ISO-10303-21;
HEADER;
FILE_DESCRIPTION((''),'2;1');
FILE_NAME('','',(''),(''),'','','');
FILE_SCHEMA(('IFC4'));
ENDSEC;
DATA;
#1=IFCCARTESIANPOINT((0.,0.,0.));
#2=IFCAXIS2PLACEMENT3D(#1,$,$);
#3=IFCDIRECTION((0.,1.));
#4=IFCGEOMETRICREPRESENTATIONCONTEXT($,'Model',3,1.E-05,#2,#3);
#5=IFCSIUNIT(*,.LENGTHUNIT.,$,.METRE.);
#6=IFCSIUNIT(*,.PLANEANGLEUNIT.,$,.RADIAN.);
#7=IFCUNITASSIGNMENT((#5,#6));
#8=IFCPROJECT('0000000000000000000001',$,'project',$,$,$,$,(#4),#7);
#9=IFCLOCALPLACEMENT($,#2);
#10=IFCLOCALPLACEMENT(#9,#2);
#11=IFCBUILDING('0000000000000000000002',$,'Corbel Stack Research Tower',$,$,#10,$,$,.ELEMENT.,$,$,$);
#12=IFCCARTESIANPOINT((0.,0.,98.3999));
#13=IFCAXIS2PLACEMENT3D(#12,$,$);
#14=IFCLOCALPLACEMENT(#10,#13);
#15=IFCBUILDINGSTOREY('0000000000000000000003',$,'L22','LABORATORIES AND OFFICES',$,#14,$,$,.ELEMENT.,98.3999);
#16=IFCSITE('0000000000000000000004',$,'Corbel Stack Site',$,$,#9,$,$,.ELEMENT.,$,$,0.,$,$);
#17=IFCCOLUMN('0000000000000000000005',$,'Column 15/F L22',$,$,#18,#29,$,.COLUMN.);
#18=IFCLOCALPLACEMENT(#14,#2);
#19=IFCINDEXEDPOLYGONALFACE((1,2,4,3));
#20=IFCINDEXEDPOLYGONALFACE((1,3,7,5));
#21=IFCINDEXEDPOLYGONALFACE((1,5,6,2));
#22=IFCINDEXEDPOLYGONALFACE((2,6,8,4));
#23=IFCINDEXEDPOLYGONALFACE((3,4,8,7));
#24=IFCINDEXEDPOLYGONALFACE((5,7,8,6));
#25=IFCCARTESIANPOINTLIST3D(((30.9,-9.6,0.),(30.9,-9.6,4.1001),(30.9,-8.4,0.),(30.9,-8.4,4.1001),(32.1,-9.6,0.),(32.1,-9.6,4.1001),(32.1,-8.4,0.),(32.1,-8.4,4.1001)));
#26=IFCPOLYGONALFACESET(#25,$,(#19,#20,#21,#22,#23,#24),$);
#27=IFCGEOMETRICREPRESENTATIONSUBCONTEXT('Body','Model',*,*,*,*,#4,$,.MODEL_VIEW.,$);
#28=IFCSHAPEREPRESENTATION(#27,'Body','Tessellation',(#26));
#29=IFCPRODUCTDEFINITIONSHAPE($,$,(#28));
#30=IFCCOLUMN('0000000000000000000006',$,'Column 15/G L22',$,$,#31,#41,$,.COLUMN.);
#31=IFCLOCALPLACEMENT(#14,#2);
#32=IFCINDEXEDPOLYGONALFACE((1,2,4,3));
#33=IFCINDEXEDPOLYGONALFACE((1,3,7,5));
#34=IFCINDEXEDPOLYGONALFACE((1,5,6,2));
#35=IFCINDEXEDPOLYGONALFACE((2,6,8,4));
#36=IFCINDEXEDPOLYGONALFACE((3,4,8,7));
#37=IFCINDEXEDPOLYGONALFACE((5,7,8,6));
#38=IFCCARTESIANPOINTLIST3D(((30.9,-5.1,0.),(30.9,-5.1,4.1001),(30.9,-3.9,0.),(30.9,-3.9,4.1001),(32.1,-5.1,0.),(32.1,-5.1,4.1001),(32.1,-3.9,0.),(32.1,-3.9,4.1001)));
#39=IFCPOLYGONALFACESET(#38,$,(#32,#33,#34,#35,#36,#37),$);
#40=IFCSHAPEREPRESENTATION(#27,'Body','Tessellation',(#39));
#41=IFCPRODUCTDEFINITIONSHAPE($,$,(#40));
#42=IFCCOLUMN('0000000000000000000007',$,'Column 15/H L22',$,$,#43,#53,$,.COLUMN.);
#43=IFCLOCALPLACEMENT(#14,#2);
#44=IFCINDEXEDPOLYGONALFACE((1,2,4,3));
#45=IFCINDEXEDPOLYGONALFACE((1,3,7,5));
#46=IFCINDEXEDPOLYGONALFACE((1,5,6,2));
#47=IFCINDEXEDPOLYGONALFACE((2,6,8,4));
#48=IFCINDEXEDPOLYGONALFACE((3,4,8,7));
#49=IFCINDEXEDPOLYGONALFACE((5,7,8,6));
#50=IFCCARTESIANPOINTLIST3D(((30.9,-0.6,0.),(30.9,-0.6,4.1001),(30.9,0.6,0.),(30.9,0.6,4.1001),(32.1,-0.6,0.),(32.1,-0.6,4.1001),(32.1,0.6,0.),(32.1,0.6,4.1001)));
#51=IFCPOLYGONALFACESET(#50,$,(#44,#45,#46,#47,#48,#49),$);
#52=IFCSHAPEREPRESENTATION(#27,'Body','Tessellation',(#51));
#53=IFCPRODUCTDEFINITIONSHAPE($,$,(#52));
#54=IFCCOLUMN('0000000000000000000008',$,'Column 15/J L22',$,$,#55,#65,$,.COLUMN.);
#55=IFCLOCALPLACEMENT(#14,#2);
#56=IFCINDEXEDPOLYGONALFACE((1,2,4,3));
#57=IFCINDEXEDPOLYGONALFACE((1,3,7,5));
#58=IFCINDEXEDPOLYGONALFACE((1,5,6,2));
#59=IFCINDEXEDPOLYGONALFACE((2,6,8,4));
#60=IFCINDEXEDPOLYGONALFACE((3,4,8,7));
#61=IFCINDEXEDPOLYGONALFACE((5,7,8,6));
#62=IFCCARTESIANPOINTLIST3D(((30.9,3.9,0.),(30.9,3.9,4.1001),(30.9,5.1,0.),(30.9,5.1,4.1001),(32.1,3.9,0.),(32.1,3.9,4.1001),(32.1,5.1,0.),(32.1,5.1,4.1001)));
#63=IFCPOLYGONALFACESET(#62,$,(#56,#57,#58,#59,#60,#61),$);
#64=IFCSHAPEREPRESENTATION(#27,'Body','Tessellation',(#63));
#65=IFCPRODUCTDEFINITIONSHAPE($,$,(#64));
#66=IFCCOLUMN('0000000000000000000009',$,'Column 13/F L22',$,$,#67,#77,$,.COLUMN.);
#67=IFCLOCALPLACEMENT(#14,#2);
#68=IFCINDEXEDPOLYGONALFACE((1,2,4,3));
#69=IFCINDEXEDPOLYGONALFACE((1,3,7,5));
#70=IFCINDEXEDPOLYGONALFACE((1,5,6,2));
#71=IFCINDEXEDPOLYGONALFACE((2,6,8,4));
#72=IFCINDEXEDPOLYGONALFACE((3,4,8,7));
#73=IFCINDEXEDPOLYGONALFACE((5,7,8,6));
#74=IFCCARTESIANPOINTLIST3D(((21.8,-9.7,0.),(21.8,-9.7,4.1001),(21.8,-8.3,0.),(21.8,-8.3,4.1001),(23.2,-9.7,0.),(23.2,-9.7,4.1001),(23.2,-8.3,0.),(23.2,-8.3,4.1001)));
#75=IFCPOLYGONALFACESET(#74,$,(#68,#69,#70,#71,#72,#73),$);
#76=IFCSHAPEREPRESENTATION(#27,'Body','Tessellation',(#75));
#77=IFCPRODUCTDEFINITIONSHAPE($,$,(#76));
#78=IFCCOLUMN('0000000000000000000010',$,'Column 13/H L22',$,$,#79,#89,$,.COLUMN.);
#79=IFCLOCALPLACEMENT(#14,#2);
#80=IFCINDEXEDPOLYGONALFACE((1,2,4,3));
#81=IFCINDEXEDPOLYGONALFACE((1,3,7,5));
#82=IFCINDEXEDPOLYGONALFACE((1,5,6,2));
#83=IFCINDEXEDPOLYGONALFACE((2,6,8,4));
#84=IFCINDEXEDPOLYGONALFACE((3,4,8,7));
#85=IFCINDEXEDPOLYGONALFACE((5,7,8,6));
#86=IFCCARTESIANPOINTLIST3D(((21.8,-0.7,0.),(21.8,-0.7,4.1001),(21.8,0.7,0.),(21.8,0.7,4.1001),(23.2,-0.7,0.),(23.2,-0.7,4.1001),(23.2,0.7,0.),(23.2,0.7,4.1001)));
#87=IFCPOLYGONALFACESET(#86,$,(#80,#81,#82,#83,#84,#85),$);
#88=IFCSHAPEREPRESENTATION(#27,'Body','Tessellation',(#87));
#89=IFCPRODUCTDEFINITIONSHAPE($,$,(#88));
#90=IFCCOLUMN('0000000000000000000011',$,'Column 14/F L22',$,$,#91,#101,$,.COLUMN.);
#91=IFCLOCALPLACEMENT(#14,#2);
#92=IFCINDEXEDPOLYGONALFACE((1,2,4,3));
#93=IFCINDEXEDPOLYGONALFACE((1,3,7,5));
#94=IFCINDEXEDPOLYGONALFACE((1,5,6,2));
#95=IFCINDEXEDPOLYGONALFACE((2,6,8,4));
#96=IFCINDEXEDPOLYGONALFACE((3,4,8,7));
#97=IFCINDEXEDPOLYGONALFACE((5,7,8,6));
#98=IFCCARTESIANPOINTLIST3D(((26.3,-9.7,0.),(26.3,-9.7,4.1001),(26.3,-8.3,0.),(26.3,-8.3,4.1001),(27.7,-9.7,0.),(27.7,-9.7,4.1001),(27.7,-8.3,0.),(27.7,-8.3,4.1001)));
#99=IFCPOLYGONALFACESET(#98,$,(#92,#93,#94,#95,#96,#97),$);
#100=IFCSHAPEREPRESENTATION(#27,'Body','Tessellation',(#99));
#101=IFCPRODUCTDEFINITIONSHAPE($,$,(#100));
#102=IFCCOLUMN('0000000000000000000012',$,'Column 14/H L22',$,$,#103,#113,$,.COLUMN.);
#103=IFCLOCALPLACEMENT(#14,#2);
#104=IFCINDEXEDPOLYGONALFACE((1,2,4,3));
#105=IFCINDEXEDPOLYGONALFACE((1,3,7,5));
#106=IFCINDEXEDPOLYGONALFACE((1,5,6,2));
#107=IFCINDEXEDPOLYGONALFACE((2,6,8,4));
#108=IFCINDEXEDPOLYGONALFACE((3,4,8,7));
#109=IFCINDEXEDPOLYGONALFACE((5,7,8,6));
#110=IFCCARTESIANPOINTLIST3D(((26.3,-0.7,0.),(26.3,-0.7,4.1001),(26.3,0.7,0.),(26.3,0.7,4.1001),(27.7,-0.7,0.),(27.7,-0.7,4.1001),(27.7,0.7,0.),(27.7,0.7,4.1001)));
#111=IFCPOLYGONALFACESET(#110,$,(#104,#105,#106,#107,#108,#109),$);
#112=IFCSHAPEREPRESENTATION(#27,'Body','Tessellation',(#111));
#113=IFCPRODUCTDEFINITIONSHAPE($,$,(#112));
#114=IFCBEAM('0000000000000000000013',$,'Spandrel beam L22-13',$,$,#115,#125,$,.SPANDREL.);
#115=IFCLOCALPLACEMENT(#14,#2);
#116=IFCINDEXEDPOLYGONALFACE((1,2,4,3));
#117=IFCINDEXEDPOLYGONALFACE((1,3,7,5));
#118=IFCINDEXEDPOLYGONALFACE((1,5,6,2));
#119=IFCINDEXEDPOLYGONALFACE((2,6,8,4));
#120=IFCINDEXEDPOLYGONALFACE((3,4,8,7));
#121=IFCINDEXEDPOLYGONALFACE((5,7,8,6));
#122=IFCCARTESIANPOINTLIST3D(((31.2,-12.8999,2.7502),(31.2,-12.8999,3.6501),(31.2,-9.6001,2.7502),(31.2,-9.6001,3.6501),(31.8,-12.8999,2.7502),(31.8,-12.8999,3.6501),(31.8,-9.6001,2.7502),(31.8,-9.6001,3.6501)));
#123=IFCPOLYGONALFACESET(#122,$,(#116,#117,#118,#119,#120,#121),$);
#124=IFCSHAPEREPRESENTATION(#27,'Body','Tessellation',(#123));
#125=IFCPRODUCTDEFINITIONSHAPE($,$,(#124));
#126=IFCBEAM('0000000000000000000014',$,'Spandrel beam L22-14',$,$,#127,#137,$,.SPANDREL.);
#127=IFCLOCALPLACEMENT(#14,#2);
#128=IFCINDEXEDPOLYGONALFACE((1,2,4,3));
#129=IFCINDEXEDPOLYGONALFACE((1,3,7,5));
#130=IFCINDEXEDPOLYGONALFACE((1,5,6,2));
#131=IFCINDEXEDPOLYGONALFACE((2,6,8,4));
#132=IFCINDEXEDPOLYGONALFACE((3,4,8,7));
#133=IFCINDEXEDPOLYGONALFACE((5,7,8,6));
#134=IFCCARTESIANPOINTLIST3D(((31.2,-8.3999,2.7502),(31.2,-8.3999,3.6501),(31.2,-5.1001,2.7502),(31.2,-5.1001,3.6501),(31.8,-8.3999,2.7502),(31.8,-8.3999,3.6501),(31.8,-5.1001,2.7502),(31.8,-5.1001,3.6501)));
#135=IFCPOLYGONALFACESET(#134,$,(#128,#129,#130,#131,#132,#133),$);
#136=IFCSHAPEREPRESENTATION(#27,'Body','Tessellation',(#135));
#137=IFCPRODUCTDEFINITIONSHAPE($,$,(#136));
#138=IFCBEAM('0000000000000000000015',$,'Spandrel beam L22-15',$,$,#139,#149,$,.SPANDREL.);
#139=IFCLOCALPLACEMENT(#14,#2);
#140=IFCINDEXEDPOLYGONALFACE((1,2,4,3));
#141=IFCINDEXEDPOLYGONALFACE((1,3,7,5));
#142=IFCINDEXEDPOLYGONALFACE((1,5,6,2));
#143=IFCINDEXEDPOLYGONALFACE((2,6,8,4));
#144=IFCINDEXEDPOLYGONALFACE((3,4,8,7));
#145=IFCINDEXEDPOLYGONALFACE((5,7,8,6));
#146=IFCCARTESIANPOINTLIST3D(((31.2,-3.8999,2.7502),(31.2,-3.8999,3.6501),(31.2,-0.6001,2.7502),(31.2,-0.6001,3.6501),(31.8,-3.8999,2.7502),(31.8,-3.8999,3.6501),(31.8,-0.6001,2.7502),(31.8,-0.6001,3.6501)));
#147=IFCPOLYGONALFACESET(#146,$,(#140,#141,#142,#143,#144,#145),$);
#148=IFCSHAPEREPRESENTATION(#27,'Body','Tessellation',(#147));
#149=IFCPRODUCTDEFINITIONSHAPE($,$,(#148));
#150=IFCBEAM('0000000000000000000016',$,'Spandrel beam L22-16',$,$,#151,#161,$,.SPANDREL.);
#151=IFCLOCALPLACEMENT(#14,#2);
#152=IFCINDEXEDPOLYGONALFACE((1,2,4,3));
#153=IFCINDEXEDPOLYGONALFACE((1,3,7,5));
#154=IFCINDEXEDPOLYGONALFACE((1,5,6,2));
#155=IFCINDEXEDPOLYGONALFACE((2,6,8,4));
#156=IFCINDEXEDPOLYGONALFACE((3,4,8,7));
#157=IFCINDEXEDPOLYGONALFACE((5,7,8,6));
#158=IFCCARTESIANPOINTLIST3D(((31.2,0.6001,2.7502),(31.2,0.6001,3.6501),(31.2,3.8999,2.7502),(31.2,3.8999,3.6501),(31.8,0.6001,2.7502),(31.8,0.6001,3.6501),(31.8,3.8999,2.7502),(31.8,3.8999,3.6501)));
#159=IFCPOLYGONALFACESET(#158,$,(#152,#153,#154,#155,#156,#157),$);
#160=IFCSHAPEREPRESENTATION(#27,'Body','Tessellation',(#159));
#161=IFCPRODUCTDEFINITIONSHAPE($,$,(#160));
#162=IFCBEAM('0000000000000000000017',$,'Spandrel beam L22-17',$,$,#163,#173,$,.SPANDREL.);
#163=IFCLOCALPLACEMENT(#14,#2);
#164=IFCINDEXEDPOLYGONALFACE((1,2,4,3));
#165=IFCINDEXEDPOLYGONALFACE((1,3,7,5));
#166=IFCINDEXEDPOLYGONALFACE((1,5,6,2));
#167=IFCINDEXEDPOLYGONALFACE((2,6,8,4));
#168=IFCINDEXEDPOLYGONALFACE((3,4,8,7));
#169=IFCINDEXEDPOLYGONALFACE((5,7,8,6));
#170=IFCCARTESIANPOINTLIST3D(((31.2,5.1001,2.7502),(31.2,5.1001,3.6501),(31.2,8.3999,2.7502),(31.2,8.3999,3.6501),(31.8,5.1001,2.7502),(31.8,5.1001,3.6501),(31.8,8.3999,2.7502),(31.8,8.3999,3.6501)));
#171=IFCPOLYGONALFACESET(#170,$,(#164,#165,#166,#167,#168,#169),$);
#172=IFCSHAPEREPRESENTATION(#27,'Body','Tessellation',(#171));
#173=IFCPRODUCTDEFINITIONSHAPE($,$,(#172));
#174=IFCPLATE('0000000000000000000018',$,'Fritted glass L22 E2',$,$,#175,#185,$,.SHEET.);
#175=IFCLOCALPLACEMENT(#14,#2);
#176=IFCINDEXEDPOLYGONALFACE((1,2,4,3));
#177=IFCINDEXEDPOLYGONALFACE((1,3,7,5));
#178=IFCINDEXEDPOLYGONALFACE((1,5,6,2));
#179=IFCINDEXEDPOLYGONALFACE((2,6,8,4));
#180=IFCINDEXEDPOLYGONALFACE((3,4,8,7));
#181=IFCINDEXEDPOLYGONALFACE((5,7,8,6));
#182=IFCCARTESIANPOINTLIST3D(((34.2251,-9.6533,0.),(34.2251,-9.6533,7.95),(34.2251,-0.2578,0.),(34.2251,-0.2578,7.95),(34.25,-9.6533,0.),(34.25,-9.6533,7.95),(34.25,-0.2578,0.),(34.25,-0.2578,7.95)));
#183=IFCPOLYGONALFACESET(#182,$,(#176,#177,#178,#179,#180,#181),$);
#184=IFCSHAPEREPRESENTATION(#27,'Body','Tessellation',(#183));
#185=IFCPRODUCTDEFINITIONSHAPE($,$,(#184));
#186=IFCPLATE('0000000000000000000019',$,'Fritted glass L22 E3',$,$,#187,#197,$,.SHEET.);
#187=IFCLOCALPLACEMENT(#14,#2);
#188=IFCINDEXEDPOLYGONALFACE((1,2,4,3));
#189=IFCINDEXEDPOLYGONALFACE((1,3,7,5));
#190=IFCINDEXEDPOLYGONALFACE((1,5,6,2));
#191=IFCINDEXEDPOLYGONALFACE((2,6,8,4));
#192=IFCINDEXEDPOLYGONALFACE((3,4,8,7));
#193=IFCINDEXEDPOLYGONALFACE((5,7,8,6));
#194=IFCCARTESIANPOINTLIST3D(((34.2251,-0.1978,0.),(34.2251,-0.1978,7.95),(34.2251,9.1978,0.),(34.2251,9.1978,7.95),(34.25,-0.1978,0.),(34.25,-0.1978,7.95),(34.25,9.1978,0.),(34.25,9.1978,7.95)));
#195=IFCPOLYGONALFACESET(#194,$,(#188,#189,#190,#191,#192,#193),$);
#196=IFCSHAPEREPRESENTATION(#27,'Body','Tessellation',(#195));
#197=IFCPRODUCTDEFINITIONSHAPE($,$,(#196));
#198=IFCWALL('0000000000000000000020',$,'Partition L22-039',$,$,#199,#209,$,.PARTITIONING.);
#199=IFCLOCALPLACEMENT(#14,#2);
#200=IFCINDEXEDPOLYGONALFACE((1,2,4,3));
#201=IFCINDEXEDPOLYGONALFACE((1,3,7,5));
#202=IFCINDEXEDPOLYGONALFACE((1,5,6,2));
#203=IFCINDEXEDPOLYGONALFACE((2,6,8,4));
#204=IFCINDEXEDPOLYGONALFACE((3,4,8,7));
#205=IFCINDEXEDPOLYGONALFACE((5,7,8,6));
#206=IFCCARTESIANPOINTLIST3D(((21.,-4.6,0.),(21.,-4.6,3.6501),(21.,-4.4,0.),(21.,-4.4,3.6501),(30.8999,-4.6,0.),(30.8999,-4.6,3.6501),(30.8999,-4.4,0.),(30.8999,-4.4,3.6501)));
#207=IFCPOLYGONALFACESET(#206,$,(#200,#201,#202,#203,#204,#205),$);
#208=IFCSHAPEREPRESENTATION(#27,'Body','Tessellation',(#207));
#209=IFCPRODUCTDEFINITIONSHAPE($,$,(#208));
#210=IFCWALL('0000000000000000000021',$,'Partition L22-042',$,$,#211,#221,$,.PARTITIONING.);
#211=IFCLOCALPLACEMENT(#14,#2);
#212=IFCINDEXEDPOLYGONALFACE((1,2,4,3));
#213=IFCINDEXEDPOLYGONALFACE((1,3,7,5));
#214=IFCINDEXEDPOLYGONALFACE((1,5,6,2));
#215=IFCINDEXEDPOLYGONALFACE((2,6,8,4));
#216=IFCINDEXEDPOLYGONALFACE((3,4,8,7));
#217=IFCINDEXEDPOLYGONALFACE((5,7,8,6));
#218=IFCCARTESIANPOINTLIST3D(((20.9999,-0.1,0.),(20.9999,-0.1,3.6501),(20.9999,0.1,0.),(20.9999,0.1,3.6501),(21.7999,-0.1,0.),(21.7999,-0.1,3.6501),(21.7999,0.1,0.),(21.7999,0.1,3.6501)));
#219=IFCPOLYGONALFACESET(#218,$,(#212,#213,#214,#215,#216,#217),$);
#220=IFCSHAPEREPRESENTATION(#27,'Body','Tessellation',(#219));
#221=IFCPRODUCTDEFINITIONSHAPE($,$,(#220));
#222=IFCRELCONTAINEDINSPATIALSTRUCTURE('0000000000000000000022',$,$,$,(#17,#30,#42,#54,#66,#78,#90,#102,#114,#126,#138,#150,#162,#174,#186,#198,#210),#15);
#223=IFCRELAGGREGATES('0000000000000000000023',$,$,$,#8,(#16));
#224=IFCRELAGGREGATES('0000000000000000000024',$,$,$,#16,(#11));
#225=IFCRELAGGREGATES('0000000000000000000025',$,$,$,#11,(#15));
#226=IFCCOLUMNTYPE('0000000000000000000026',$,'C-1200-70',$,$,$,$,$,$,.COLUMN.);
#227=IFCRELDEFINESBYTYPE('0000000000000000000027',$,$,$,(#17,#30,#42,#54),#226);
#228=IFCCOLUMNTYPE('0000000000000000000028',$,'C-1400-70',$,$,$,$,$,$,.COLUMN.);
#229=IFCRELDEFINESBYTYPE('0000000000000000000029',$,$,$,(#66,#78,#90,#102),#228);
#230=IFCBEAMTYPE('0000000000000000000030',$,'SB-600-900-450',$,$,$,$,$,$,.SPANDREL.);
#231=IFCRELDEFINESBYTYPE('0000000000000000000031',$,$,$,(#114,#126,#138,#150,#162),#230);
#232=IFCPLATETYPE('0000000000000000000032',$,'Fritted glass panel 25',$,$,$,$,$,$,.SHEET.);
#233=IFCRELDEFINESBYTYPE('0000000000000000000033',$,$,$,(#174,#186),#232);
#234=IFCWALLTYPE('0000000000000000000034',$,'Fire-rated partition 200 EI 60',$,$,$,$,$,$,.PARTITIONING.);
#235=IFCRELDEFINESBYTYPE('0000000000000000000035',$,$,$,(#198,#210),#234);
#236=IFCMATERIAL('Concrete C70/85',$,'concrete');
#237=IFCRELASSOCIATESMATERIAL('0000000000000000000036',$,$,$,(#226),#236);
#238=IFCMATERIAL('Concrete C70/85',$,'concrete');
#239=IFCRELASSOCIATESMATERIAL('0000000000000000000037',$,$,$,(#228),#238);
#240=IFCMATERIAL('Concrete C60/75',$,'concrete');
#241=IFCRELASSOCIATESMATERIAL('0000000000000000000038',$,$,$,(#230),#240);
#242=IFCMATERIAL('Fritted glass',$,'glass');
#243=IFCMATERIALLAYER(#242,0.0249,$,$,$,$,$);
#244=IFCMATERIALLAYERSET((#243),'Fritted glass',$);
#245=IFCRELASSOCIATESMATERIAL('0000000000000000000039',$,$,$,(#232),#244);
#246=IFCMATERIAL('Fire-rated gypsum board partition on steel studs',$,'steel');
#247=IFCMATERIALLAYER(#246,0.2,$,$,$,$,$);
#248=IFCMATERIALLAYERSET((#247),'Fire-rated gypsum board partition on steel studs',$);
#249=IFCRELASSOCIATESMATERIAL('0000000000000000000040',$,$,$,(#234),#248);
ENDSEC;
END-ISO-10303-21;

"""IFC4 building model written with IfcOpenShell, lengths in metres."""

from ifc_helpers import new_model, si_unit, direction, frame, frame_2d, origin, origin_2d, place, context, subcontext, project, spatial, rectangle, extrude, material, layer, layer_set, material_profile, profile_set, type_object, element, save


model = new_model("IFC4")

# Units and contexts
model_context = context("Model", 3, precision=1e-05, world=origin(), true_north=direction((0.0, 1.0)))
body_context = subcontext(model_context, "Body", "Model", "MODEL_VIEW")
ifc_project = project(units=[si_unit("LENGTHUNIT", "METRE"), si_unit("PLANEANGLEUNIT", "RADIAN")], contexts=[model_context])

# Site, building, storey
site_placement = place(None, origin())
site = spatial("IfcSite", under=ifc_project, at=site_placement, Name="Corbel Stack Site", CompositionType="ELEMENT", RefElevation=0.0)
building_placement = place(site_placement, origin())
building = spatial("IfcBuilding", under=site, at=building_placement, Name="Corbel Stack Research Tower", CompositionType="ELEMENT")
storey_placement = place(building_placement, frame((0.0, 0.0, 98.3999)))
storey = spatial("IfcBuildingStorey", under=building, at=storey_placement, Name="L22", Description="LABORATORIES AND OFFICES", CompositionType="ELEMENT", Elevation=98.3999)

# Columns
ifc_material_1 = material(Name="Concrete C70/85", Category="concrete")
ifc_material_profile_1 = material_profile(ifc_material_1, rectangle(XDim=1.2, YDim=1.2, at=origin_2d()), Name="RC 1200 x 1200")
ifc_profile_set_1 = profile_set([ifc_material_profile_1], Name="Concrete C70/85")
column_type_1 = type_object("IfcColumnType", Name="C-1200-70", PredefinedType="COLUMN", material=ifc_profile_set_1)
for number, where, z_axis, x_axis, name in (
    (1, (31.5, -9.0, 0.0), (0.0, 0.0, 1.0), (1.0, 0.0, 0.0), "Column 15/F L22"),
    (2, (31.5, -4.5, 0.0), (0.0, 0.0, 1.0), (1.0, 0.0, 0.0), "Column 15/G L22"),
    (3, (31.5, 0.0, 0.0), (0.0, 0.0, 1.0), (1.0, 0.0, 0.0), "Column 15/H L22"),
    (4, (31.5, 4.5, 0.0), (0.0, 0.0, 1.0), (1.0, 0.0, 0.0), "Column 15/J L22"),
):
    element("IfcColumn", number, at=place(storey_placement, frame(where, z_axis=z_axis, x_axis=x_axis)), inside=storey, type_object=column_type_1, Name=name, PredefinedType="COLUMN", context=body_context, shape_type="SweptSolid", body=[
        extrude(rectangle(XDim=1.2, YDim=1.2, at=origin_2d()), origin(), (0.0, 0.0, 1.0), 4.1001),
    ])
ifc_material_2 = material(Name="Concrete C70/85", Category="concrete")
ifc_material_profile_2 = material_profile(ifc_material_2, rectangle(XDim=1.3999, YDim=1.3999, at=origin_2d()), Name="RC 1400 x 1400")
ifc_profile_set_2 = profile_set([ifc_material_profile_2], Name="Concrete C70/85")
column_type_2 = type_object("IfcColumnType", Name="C-1400-70", PredefinedType="COLUMN", material=ifc_profile_set_2)
for number, where, z_axis, x_axis, name in (
    (5, (22.5, -9.0, 0.0), (0.0, 0.0, 1.0), (1.0, 0.0, 0.0), "Column 13/F L22"),
    (6, (22.5, 0.0, 0.0), (0.0, 0.0, 1.0), (1.0, 0.0, 0.0), "Column 13/H L22"),
    (7, (27.0, -9.0, 0.0), (0.0, 0.0, 1.0), (1.0, 0.0, 0.0), "Column 14/F L22"),
    (8, (27.0, 0.0, 0.0), (0.0, 0.0, 1.0), (1.0, 0.0, 0.0), "Column 14/H L22"),
):
    element("IfcColumn", number, at=place(storey_placement, frame(where, z_axis=z_axis, x_axis=x_axis)), inside=storey, type_object=column_type_2, Name=name, PredefinedType="COLUMN", context=body_context, shape_type="SweptSolid", body=[
        extrude(rectangle(XDim=1.3999, YDim=1.3999, at=origin_2d()), origin(), (0.0, 0.0, 1.0), 4.1001),
    ])

# Beams
ifc_material_3 = material(Name="Concrete C60/75", Category="concrete")
ifc_material_profile_3 = material_profile(ifc_material_3, rectangle(XDim=0.6001, YDim=0.8999, at=origin_2d()), Name="RC 600 x 900")
ifc_profile_set_3 = profile_set([ifc_material_profile_3], Name="Concrete C60/75")
beam_type = type_object("IfcBeamType", Name="SB-600-900-450", PredefinedType="SPANDREL", material=ifc_profile_set_3)
for number, where, z_axis, x_axis, name in (
    (9, (31.5, -12.8999, 3.2002), (0.0, 1.0, 0.0), (-1.0, 0.0, 0.0), "Spandrel beam L22-13"),
    (10, (31.5, -8.3999, 3.2002), (0.0, 1.0, 0.0), (-1.0, 0.0, 0.0), "Spandrel beam L22-14"),
    (11, (31.5, -3.8999, 3.2002), (0.0, 1.0, 0.0), (-1.0, 0.0, 0.0), "Spandrel beam L22-15"),
    (12, (31.5, 0.6001, 3.2002), (0.0, 1.0, 0.0), (-1.0, 0.0, 0.0), "Spandrel beam L22-16"),
    (13, (31.5, 5.1001, 3.2002), (0.0, 1.0, 0.0), (-1.0, 0.0, 0.0), "Spandrel beam L22-17"),
):
    element("IfcBeam", number, at=place(storey_placement, frame(where, z_axis=z_axis, x_axis=x_axis)), inside=storey, type_object=beam_type, Name=name, PredefinedType="SPANDREL", context=body_context, shape_type="SweptSolid", body=[
        extrude(rectangle(XDim=0.6001, YDim=0.8999, at=origin_2d()), origin(), (0.0, 0.0, 1.0), 3.2998),
    ])

# Plates
ifc_material_4 = material(Name="Fritted glass", Category="glass")
ifc_layer_1 = layer(ifc_material_4, 0.0249)
ifc_layer_set_1 = layer_set([ifc_layer_1], Name="Fritted glass")
plate_type = type_object("IfcPlateType", Name="Fritted glass panel 25", PredefinedType="SHEET", material=ifc_layer_set_1)
for number, where, z_axis, x_axis, name in (
    (14, (34.2375, -4.9556, 0.0), (0.0, 0.0, 1.0), (0.0, 1.0, 0.0), "Fritted glass L22 E2"),
    (15, (34.2375, 4.5, 0.0), (0.0, 0.0, 1.0), (0.0, 1.0, 0.0), "Fritted glass L22 E3"),
):
    element("IfcPlate", number, at=place(storey_placement, frame(where, z_axis=z_axis, x_axis=x_axis)), inside=storey, type_object=plate_type, Name=name, PredefinedType="SHEET", context=body_context, shape_type="SweptSolid", body=[
        extrude(rectangle(XDim=9.3955, YDim=0.0249, at=origin_2d()), origin(), (0.0, 0.0, 1.0), 7.95),
    ])

# Walls
ifc_material_5 = material(Name="Fire-rated gypsum board partition on steel studs", Category="steel")
ifc_layer_2 = layer(ifc_material_5, 0.2)
ifc_layer_set_2 = layer_set([ifc_layer_2], Name="Fire-rated gypsum board partition on steel studs")
wall_type_1 = type_object("IfcWallType", Name="Fire-rated partition 200 EI 60", PredefinedType="PARTITIONING", material=ifc_layer_set_2)
wall_1_placement = place(storey_placement, frame((21.0, -4.5, 0.0), z_axis=(0.0, 0.0, 1.0), x_axis=(1.0, 0.0, 0.0)))
element("IfcWall", 16, at=wall_1_placement, inside=storey, type_object=wall_type_1, Name="Partition L22-039", PredefinedType="PARTITIONING", context=body_context, shape_type="SweptSolid", body=[
    extrude(rectangle(XDim=9.8999, YDim=0.2, at=frame_2d((4.95, 0.0))), origin(), (0.0, 0.0, 1.0), 3.6501),
])
wall_2_placement = place(storey_placement, frame((21.0, 0.0, 0.0), z_axis=(0.0, 0.0, 1.0), x_axis=(1.0, 0.0, 0.0)))
element("IfcWall", 17, at=wall_2_placement, inside=storey, type_object=wall_type_1, Name="Partition L22-042", PredefinedType="PARTITIONING", context=body_context, shape_type="SweptSolid", body=[
    extrude(rectangle(XDim=0.8, YDim=0.2, at=frame_2d((0.3999, 0.0))), origin(), (0.0, 0.0, 1.0), 3.6501),
])

save(model, "model.ifc")
